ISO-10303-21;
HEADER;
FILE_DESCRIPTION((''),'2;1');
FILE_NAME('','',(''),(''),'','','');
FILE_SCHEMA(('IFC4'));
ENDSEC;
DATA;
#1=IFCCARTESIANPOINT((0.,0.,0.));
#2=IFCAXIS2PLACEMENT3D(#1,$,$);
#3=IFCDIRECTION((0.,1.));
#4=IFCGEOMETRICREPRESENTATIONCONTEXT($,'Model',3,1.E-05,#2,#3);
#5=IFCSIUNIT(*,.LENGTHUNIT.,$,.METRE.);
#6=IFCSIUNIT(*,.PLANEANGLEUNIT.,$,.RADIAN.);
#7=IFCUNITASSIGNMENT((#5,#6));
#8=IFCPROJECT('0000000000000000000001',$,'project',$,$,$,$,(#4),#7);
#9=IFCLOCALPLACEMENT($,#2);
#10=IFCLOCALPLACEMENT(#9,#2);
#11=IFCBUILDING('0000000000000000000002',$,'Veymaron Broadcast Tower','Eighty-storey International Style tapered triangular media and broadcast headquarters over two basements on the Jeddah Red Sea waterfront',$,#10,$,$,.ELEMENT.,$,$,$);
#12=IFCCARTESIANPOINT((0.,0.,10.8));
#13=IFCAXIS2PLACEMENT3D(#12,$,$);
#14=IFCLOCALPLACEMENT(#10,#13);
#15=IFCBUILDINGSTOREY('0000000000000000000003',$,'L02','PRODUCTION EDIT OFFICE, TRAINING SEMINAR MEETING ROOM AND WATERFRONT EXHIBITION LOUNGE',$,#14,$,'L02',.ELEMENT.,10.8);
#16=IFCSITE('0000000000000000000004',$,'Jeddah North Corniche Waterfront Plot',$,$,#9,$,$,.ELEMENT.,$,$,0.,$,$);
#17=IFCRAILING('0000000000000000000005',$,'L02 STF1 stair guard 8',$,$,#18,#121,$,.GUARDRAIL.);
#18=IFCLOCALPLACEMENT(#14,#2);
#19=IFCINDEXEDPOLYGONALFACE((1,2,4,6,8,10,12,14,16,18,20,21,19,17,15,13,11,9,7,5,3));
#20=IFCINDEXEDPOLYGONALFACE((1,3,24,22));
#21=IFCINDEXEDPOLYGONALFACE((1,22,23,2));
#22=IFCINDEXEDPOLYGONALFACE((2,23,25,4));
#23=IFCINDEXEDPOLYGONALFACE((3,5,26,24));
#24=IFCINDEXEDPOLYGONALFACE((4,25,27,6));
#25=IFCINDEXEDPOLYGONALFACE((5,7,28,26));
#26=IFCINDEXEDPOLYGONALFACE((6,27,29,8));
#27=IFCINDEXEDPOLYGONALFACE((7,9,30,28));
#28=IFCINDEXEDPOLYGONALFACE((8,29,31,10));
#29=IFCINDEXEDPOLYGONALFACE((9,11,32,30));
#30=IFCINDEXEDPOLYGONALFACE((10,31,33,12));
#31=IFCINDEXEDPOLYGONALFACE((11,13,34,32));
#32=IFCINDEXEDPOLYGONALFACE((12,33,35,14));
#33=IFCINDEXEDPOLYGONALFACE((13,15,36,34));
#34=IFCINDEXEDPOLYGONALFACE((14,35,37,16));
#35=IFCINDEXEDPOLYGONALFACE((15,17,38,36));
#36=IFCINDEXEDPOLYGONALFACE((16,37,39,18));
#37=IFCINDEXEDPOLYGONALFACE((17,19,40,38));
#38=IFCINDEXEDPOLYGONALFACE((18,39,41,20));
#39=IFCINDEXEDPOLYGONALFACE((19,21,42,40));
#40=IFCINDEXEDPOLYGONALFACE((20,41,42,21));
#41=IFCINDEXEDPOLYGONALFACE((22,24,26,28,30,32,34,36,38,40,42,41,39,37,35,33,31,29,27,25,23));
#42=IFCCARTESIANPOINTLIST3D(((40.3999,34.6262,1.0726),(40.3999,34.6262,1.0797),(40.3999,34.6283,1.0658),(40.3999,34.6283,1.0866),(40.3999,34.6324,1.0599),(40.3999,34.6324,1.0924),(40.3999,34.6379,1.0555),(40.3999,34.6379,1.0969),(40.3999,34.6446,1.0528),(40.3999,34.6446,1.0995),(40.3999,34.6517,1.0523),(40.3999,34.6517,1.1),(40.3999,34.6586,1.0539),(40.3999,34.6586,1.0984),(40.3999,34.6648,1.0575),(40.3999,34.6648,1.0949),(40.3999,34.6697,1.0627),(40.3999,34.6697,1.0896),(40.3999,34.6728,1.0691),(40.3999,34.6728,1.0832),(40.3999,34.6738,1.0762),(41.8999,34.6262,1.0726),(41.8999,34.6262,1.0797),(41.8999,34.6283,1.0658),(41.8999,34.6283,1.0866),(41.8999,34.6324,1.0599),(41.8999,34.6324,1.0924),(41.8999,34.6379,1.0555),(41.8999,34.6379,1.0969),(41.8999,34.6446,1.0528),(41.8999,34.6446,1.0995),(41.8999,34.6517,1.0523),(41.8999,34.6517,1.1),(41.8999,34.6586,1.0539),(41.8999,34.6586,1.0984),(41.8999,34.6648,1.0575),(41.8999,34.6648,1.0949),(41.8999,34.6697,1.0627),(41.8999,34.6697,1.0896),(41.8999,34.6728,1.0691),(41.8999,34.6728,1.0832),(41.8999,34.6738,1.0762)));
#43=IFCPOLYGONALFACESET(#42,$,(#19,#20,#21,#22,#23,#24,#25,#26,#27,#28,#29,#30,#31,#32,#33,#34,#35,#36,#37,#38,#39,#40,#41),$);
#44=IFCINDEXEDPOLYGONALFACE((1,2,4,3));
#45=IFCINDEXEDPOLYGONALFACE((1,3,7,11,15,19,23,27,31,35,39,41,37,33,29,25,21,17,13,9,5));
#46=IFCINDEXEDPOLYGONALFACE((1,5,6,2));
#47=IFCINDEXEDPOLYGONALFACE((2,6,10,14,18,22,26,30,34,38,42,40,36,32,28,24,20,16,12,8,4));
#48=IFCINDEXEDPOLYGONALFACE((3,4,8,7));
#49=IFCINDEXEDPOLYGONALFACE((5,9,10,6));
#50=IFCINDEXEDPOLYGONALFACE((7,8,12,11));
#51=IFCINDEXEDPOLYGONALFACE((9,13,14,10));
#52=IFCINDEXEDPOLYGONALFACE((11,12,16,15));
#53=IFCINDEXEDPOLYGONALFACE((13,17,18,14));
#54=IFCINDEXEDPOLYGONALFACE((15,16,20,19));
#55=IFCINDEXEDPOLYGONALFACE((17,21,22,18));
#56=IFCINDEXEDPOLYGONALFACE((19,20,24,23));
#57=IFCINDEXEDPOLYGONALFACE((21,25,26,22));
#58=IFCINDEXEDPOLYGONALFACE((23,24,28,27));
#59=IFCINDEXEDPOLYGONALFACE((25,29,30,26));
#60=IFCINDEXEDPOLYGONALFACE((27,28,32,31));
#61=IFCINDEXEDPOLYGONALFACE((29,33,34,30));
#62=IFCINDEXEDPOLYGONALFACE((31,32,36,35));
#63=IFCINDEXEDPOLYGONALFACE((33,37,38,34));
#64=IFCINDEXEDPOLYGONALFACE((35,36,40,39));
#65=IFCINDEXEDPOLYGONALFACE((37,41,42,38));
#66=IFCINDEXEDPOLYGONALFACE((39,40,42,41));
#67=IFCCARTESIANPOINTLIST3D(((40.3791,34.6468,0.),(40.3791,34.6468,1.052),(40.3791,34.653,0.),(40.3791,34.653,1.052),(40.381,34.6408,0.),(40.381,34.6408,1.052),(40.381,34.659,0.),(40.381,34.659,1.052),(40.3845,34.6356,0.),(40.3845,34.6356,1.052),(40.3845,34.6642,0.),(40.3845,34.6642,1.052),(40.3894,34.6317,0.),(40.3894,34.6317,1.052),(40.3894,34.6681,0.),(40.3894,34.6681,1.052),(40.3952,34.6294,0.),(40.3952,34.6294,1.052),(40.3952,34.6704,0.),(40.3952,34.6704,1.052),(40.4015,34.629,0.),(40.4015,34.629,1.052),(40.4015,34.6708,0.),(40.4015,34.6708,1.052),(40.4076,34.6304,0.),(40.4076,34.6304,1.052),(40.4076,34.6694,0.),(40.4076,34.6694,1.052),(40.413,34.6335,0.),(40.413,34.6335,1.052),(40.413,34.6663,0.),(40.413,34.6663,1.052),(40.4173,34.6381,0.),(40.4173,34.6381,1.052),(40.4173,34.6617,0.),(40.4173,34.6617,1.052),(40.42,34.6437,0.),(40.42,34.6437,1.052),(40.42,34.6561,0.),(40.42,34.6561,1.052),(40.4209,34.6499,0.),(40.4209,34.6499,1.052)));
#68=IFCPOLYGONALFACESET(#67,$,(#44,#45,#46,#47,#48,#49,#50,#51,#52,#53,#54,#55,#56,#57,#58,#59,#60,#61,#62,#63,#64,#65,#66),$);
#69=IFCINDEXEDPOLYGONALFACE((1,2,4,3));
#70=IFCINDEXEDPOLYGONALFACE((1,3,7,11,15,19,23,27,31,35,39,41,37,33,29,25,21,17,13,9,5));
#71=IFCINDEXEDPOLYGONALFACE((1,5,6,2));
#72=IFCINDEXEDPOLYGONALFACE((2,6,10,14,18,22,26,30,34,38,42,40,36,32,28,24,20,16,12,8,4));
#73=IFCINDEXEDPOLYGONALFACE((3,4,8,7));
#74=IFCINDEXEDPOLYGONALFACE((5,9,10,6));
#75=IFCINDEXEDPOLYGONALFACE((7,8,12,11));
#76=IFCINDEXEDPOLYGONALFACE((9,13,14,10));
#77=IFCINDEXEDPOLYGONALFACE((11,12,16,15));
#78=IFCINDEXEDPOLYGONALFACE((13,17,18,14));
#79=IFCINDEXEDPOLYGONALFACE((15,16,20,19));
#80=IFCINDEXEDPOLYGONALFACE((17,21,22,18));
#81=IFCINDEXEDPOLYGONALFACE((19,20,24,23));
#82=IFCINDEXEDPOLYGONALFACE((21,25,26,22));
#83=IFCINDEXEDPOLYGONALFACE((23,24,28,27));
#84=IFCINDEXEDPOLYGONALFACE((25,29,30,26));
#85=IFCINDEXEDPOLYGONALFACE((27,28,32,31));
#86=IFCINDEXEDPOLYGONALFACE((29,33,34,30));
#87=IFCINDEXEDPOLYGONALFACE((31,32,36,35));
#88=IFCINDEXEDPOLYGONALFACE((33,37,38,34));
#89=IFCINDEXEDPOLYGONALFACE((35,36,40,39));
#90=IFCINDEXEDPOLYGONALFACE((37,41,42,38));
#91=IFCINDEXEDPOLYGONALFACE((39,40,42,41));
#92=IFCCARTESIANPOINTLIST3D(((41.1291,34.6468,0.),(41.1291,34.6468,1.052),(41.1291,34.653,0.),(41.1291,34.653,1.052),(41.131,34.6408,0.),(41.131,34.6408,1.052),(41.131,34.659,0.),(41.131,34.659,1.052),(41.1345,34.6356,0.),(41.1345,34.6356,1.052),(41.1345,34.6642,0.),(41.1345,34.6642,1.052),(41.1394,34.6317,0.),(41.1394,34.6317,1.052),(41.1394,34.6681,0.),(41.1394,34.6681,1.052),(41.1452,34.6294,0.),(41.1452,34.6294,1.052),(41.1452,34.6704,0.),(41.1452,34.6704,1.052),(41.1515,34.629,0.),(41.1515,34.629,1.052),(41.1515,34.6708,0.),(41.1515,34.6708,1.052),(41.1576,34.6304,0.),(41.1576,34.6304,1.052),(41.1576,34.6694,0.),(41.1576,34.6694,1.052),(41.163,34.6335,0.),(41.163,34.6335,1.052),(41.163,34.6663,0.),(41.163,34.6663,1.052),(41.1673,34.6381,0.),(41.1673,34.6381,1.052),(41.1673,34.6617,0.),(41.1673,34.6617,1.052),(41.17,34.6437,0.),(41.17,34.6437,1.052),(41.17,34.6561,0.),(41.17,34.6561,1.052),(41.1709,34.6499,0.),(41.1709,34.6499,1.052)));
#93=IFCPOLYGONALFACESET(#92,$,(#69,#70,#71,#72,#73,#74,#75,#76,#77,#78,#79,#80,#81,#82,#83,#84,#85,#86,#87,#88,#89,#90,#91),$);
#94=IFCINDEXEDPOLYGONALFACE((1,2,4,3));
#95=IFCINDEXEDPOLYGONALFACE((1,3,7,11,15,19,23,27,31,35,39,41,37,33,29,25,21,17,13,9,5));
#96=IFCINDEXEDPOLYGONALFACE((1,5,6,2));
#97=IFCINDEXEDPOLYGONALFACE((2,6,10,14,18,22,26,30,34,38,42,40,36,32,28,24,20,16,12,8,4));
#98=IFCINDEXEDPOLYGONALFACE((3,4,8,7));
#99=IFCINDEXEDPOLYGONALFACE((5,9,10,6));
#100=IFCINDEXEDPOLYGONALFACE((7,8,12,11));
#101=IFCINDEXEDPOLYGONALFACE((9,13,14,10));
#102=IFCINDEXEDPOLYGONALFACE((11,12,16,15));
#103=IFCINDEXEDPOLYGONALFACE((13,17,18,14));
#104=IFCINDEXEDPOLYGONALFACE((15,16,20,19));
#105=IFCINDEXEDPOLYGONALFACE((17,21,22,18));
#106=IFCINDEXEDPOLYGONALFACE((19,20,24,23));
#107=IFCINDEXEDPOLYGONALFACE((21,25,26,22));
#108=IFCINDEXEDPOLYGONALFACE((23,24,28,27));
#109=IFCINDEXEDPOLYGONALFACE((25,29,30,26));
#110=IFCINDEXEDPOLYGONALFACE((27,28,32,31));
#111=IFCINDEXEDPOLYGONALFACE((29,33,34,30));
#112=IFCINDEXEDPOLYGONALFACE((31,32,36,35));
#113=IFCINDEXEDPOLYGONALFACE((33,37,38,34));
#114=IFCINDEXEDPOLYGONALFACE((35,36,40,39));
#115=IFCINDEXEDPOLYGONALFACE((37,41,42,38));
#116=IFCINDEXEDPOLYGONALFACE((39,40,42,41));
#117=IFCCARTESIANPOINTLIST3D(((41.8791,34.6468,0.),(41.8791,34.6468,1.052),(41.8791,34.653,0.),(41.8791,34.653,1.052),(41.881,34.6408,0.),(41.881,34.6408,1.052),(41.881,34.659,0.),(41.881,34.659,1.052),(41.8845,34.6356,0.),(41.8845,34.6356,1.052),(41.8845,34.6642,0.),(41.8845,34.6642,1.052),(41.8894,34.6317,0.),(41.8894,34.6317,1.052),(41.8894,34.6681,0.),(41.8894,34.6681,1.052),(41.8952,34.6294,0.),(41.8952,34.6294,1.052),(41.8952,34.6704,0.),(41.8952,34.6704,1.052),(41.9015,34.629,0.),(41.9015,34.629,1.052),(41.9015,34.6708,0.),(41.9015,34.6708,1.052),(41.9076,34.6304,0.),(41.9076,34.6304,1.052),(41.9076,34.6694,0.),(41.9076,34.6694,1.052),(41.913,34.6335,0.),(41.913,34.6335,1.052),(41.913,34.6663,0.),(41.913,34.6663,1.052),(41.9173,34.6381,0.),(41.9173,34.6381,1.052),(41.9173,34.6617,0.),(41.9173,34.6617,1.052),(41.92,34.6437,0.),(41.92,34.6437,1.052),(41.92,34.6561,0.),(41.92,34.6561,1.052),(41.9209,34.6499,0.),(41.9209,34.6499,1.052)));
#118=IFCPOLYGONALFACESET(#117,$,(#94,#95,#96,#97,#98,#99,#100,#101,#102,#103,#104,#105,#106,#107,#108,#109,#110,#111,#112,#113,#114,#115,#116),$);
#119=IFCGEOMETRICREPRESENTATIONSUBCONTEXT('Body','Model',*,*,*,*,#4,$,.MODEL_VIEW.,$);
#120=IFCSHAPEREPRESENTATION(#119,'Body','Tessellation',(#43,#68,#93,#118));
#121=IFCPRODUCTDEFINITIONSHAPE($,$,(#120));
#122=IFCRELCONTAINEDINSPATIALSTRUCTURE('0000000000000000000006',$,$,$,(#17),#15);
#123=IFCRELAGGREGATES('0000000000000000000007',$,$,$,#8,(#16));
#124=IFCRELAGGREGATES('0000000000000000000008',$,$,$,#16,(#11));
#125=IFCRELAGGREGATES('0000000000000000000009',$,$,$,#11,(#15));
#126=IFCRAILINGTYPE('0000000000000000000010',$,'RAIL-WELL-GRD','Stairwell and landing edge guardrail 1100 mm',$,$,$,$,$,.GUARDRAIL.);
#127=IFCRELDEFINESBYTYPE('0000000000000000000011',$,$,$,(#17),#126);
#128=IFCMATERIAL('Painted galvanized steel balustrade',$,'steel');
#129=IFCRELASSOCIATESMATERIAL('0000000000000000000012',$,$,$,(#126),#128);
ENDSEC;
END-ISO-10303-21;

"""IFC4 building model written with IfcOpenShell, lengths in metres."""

from ifc_helpers import new_model, si_unit, direction, frame, origin, origin_2d, place, context, subcontext, project, spatial, circle, extrude, material, type_object, element, save


model = new_model("IFC4")

# Units and contexts
model_context = context("Model", 3, precision=1e-05, world=origin(), true_north=direction((0.0, 1.0)))
body_context = subcontext(model_context, "Body", "Model", "MODEL_VIEW")
ifc_project = project(units=[si_unit("LENGTHUNIT", "METRE"), si_unit("PLANEANGLEUNIT", "RADIAN")], contexts=[model_context])

# Site, building, storey
site_placement = place(None, origin())
site = spatial("IfcSite", under=ifc_project, at=site_placement, Name="Jeddah North Corniche Waterfront Plot", CompositionType="ELEMENT", RefElevation=0.0)
building_placement = place(site_placement, origin())
building = spatial("IfcBuilding", under=site, at=building_placement, Name="Veymaron Broadcast Tower", Description="Eighty-storey International Style tapered triangular media and broadcast headquarters over two basements on the Jeddah Red Sea waterfront", CompositionType="ELEMENT")
storey_placement = place(building_placement, frame((0.0, 0.0, 10.8)))
storey = spatial("IfcBuildingStorey", under=building, at=storey_placement, Name="L02", Description="PRODUCTION EDIT OFFICE, TRAINING SEMINAR MEETING ROOM AND WATERFRONT EXHIBITION LOUNGE", LongName="L02", CompositionType="ELEMENT", Elevation=10.8)

# Railing
ifc_material_1 = material(Name="Painted galvanized steel balustrade", Category="steel")
railing_type_1 = type_object("IfcRailingType", Name="RAIL-WELL-GRD", Description="Stairwell and landing edge guardrail 1100 mm", PredefinedType="GUARDRAIL", material=ifc_material_1)
railing_1_placement = place(storey_placement, frame((40.3999, 34.6499, 0.0)))
element("IfcRailing", 1, at=railing_1_placement, inside=storey, type_object=railing_type_1, Name="L02 STF1 stair guard 8", PredefinedType="GUARDRAIL", context=body_context, shape_type="SweptSolid", body=[
    extrude(circle(Radius=0.0239, at=origin_2d()), frame((0.0, 0.0, 1.0762), z_axis=(1.0, 0.0, 0.0), x_axis=(0.0, 1.0, 0.0)), (0.0, 0.0, 1.0), 1.5),
    extrude(circle(Radius=0.021, at=origin_2d()), origin(), (0.0, 0.0, 1.0), 1.052),
    extrude(circle(Radius=0.021, at=origin_2d()), frame((0.75, 0.0, 0.0)), (0.0, 0.0, 1.0), 1.052),
    extrude(circle(Radius=0.021, at=origin_2d()), frame((1.5, 0.0, 0.0)), (0.0, 0.0, 1.0), 1.052),
])

save(model, "model.ifc")
